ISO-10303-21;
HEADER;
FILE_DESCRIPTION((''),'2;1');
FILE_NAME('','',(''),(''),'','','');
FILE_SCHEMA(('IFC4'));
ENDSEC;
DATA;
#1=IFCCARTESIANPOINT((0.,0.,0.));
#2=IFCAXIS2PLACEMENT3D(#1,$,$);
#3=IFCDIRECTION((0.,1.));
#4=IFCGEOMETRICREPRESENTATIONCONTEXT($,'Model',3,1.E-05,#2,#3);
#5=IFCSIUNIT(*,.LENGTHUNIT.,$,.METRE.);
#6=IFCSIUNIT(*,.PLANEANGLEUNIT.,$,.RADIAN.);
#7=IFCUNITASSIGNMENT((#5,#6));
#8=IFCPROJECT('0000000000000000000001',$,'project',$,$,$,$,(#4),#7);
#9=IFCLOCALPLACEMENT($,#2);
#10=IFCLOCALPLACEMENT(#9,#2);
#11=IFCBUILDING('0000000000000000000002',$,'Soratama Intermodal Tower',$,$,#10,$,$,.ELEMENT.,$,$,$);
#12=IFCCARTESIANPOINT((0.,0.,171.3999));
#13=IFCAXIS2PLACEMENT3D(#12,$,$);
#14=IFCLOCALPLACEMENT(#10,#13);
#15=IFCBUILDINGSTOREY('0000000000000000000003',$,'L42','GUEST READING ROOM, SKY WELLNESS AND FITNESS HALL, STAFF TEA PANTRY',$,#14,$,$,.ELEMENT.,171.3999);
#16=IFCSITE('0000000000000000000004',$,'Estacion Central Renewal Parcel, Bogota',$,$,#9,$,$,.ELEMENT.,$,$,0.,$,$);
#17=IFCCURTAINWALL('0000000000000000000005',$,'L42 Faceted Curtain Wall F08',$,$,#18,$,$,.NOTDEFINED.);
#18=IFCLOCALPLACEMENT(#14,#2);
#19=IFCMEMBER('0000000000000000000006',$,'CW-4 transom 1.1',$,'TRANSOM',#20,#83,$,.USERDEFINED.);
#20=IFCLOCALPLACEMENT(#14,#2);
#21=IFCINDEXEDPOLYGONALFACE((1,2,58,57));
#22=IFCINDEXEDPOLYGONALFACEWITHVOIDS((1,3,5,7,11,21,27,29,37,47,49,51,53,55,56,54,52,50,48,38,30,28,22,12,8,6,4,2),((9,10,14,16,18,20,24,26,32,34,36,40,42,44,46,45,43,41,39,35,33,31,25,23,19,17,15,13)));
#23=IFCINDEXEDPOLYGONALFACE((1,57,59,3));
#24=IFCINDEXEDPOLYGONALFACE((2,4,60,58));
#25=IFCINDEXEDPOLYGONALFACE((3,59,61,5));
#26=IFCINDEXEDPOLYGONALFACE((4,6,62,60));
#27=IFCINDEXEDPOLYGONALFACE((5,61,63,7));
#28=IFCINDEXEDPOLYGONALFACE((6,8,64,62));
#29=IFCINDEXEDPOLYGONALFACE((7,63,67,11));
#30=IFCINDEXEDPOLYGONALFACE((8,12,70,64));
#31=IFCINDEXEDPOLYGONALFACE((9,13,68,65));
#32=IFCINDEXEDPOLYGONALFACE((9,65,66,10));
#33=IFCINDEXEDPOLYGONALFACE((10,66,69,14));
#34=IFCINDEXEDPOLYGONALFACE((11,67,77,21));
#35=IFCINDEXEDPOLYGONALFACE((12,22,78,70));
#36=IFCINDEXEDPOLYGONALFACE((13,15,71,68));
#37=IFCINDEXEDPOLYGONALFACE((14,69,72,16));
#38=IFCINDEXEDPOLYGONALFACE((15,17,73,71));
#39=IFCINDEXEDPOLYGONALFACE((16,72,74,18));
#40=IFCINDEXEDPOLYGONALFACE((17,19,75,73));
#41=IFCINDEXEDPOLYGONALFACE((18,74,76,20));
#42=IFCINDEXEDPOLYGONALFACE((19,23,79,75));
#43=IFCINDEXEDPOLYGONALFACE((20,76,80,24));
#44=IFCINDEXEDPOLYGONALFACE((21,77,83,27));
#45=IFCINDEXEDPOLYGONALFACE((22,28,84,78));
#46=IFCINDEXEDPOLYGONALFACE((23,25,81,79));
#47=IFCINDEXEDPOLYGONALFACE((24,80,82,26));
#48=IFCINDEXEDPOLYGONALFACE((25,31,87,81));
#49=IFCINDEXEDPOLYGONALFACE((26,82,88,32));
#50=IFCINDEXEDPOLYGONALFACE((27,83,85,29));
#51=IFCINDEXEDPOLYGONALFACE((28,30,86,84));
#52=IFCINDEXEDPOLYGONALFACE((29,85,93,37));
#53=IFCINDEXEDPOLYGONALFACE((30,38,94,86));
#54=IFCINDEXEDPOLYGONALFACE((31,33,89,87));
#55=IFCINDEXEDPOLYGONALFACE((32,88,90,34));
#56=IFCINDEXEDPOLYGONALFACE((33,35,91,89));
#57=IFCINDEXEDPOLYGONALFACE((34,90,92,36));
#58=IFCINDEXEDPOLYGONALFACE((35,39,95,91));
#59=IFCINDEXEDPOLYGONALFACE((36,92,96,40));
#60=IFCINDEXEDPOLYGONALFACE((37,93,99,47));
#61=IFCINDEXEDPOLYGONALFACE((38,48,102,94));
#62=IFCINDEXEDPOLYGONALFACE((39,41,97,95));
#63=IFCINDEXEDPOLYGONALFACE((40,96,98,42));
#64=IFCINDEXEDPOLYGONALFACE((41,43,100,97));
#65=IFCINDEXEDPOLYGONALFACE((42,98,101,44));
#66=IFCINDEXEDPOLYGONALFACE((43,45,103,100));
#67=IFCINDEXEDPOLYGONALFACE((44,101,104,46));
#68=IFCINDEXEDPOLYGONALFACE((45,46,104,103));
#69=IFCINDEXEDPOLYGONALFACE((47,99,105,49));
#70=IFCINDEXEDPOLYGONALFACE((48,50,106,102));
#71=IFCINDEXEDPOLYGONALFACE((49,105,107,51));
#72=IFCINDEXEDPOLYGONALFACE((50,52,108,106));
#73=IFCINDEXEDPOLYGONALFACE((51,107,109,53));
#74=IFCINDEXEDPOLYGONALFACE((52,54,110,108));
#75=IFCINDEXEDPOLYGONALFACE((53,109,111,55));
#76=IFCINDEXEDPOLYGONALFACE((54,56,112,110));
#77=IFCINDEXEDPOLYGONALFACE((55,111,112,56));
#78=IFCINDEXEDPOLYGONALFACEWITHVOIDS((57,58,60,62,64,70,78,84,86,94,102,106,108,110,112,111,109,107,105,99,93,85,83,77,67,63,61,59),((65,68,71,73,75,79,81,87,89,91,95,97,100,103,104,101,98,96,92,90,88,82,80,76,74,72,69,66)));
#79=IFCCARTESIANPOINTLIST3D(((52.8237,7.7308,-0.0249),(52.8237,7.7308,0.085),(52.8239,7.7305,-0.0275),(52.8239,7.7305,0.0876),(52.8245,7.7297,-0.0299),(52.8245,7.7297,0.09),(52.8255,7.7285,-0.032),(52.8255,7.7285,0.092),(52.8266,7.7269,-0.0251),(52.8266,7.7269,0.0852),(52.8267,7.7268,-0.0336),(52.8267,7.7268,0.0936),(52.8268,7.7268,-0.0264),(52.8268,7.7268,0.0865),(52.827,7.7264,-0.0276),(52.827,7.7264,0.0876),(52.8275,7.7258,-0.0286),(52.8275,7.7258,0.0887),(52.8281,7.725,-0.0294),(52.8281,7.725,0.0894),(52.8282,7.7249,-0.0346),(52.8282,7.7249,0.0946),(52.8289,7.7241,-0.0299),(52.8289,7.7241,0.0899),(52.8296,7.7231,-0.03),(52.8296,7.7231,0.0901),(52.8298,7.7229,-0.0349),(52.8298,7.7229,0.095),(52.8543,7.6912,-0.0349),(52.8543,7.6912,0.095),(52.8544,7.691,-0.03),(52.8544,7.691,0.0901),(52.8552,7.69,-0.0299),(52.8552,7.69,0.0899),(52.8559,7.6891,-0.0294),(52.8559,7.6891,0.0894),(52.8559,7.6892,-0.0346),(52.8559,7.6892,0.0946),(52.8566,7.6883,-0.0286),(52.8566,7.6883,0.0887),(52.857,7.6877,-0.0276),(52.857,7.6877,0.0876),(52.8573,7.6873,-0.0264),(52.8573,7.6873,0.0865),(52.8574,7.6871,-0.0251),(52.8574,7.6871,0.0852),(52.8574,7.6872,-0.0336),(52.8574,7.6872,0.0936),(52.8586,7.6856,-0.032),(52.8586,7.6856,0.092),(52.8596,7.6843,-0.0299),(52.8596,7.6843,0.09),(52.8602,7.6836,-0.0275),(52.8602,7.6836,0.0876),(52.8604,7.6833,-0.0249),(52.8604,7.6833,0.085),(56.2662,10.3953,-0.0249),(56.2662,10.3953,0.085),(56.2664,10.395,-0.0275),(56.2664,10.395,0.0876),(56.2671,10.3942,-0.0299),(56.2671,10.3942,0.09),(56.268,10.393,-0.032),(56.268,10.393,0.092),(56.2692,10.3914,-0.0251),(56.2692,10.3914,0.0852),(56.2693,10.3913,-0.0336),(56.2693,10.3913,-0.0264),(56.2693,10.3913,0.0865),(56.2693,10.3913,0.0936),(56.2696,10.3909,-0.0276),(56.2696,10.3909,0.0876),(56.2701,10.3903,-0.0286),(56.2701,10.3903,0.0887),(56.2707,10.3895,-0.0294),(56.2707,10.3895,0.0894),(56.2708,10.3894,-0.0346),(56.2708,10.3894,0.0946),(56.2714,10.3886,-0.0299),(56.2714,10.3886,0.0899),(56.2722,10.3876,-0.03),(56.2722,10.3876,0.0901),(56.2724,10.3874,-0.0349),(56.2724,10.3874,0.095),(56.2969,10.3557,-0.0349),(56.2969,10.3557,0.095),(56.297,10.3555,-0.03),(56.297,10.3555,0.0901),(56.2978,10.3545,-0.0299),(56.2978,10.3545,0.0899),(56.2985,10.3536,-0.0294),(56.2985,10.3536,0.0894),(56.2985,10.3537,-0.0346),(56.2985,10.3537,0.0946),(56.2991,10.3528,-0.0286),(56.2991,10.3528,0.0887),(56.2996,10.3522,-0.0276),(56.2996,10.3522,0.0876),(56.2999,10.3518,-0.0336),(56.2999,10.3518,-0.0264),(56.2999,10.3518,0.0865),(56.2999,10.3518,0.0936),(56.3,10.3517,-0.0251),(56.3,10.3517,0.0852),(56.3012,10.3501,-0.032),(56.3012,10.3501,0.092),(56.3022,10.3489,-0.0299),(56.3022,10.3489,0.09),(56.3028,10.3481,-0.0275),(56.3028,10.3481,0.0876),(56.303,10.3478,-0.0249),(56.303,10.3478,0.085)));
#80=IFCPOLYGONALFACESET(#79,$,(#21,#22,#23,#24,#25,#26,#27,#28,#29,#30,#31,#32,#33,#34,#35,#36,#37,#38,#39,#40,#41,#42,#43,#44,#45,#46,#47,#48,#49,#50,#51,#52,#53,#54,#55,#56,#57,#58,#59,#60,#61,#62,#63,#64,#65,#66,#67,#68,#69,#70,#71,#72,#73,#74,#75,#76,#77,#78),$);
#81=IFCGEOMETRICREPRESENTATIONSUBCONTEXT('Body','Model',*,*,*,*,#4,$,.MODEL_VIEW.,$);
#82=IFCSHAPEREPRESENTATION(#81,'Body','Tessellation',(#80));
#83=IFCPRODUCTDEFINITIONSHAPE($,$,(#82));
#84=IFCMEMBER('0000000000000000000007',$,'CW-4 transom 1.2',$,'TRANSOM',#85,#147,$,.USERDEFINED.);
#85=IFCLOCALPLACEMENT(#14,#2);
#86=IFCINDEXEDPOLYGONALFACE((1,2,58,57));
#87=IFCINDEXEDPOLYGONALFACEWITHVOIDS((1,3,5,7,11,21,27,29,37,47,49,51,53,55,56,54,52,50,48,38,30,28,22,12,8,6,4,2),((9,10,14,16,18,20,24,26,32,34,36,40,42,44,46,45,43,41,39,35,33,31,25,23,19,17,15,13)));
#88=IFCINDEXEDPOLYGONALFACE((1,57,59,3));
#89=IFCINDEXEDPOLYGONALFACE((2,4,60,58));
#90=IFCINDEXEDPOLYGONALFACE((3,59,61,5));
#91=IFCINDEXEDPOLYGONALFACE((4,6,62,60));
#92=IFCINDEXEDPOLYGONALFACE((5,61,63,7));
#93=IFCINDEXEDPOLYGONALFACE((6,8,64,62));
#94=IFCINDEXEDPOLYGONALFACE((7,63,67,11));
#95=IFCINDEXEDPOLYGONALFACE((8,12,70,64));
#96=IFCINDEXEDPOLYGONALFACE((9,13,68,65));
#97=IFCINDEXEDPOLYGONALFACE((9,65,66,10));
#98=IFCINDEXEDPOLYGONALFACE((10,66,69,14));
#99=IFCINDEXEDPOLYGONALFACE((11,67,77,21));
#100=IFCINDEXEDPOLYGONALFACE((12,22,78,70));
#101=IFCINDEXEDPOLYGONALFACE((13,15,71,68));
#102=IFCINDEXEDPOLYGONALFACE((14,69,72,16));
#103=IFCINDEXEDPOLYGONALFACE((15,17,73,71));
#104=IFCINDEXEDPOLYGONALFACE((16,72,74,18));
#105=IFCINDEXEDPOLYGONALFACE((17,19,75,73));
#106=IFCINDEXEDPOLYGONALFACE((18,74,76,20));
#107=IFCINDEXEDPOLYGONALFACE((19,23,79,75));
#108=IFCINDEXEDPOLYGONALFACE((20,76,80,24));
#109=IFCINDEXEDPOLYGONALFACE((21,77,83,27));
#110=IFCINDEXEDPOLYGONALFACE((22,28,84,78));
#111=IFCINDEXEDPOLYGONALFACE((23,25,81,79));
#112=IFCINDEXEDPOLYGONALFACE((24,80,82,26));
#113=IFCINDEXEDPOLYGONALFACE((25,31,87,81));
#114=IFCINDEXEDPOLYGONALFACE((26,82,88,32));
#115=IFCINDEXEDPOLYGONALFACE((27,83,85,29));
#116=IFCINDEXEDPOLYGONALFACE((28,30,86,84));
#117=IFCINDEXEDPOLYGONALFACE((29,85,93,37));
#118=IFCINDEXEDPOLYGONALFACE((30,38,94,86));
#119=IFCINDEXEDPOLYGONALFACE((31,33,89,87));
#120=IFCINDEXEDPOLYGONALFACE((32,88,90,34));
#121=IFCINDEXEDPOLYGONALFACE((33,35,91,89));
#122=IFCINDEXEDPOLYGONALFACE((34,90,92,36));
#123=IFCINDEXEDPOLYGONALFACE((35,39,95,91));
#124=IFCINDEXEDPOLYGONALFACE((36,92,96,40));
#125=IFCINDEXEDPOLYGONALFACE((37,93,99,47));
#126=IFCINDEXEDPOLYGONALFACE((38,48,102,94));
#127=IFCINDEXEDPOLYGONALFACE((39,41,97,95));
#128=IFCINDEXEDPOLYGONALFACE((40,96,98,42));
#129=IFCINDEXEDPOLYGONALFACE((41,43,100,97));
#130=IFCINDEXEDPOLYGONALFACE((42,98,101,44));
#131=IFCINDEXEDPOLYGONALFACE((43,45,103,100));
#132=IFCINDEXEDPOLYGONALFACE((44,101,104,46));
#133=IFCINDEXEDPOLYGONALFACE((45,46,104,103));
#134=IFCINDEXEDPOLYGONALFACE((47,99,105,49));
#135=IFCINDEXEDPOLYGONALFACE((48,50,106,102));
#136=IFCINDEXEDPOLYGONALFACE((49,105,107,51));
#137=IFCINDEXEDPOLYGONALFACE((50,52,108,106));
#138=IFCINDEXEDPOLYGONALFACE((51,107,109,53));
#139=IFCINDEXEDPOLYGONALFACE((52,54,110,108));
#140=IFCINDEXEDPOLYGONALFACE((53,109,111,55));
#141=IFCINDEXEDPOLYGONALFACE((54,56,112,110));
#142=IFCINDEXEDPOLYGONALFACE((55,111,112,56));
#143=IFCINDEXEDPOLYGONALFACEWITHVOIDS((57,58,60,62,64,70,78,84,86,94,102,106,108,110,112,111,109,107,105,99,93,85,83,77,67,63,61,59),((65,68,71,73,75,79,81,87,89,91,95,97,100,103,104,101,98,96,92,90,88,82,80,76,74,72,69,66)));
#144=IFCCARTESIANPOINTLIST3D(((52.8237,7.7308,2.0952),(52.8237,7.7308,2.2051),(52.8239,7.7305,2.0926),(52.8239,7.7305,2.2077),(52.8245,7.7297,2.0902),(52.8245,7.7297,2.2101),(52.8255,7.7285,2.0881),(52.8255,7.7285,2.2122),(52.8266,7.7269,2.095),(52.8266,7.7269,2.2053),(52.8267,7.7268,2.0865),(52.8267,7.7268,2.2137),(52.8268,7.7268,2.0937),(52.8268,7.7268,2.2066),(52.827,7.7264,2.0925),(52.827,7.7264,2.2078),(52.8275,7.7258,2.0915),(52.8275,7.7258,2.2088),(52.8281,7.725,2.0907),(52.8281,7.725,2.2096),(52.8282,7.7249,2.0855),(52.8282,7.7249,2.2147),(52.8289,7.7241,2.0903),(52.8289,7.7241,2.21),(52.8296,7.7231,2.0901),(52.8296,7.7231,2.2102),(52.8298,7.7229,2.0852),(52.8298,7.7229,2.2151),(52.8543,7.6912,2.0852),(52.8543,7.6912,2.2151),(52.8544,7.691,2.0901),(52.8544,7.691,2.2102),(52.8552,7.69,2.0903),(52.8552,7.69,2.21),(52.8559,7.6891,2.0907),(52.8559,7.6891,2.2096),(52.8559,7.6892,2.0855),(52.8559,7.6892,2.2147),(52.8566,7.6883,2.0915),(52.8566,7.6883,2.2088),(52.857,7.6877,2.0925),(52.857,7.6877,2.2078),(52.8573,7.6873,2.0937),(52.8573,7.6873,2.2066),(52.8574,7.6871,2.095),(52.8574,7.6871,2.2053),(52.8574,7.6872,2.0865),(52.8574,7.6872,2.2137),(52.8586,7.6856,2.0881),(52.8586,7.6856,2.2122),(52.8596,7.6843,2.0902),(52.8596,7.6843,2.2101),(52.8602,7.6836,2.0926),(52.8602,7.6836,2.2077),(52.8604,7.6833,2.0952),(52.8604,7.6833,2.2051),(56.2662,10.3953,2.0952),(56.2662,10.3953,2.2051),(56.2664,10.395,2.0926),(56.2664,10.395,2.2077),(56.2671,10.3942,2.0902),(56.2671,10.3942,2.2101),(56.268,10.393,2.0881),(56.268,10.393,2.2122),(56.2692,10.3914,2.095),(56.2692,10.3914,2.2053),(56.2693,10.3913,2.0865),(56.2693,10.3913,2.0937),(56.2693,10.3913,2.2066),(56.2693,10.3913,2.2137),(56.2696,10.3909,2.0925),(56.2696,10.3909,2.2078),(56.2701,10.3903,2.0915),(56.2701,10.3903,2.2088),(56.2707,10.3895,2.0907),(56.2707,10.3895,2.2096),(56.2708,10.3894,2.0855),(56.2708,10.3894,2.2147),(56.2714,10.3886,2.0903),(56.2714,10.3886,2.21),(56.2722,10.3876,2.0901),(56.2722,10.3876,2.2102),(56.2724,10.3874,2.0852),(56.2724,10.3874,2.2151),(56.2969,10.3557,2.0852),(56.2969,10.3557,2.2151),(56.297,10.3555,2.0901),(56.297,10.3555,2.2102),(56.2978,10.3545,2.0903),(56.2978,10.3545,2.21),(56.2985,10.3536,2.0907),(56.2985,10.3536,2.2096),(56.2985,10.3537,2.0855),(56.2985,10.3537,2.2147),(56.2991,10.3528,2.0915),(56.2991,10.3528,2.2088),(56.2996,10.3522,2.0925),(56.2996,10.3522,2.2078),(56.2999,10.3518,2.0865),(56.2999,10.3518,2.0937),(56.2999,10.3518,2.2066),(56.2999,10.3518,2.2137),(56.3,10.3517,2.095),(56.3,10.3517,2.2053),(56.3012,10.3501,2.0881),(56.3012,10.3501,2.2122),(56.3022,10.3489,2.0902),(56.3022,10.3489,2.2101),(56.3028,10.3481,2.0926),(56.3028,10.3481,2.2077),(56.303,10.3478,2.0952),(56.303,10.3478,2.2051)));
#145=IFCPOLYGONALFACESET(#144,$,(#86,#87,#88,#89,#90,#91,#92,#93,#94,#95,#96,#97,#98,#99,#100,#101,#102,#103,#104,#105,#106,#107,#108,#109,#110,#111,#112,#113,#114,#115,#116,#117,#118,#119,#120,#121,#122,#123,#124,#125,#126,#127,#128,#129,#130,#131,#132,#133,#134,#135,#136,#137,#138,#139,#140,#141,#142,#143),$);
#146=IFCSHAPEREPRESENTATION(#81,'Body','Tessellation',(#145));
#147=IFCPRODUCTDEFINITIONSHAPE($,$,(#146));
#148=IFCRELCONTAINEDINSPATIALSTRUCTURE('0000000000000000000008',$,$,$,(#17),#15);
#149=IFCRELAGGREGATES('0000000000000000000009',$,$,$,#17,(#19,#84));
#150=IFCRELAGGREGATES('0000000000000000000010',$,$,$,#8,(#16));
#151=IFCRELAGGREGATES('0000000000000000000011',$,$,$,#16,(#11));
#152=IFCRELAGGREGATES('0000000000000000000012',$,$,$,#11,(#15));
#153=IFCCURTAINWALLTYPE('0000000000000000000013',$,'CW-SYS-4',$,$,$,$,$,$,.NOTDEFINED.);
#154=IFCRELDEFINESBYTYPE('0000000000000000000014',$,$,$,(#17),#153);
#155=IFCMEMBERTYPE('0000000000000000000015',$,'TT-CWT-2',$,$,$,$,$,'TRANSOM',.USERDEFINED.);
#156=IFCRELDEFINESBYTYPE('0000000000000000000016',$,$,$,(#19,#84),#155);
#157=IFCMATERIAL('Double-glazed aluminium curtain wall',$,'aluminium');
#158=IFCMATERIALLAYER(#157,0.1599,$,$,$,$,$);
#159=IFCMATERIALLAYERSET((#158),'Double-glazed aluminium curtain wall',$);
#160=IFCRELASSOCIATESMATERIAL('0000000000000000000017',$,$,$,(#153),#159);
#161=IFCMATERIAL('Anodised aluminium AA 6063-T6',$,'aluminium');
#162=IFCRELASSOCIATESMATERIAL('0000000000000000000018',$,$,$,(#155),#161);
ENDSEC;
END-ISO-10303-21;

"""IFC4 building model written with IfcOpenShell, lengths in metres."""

from ifc_helpers import new_model, si_unit, direction, frame, origin, origin_2d, place, context, subcontext, project, spatial, hollow_rectangle, extrude, material, layer, layer_set, material_profile, profile_set, type_object, element, aggregate, save


model = new_model("IFC4")

# Units and contexts
model_context = context("Model", 3, precision=1e-05, world=origin(), true_north=direction((0.0, 1.0)))
body_context = subcontext(model_context, "Body", "Model", "MODEL_VIEW")
ifc_project = project(units=[si_unit("LENGTHUNIT", "METRE"), si_unit("PLANEANGLEUNIT", "RADIAN")], contexts=[model_context])

# Site, building, storey
site_placement = place(None, origin())
site = spatial("IfcSite", under=ifc_project, at=site_placement, Name="Estacion Central Renewal Parcel, Bogota", CompositionType="ELEMENT", RefElevation=0.0)
building_placement = place(site_placement, origin())
building = spatial("IfcBuilding", under=site, at=building_placement, Name="Soratama Intermodal Tower", CompositionType="ELEMENT")
storey_placement = place(building_placement, frame((0.0, 0.0, 171.3999)))
storey = spatial("IfcBuildingStorey", under=building, at=storey_placement, Name="L42", Description="GUEST READING ROOM, SKY WELLNESS AND FITNESS HALL, STAFF TEA PANTRY", CompositionType="ELEMENT", Elevation=171.3999)

# Curtain wall, members
ifc_material_1 = material(Name="Double-glazed aluminium curtain wall", Category="aluminium")
ifc_layer_1 = layer(ifc_material_1, 0.1599)
ifc_layer_set_1 = layer_set([ifc_layer_1], Name="Double-glazed aluminium curtain wall")
curtain_wall_type = type_object("IfcCurtainWallType", Name="CW-SYS-4", PredefinedType="NOTDEFINED", material=ifc_layer_set_1)
curtain_wall_placement = place(storey_placement, origin())
curtain_wall = element("IfcCurtainWall", 1, at=curtain_wall_placement, inside=storey, type_object=curtain_wall_type, Name="L42 Faceted Curtain Wall F08", PredefinedType="NOTDEFINED")
ifc_material_2 = material(Name="Anodised aluminium AA 6063-T6", Category="aluminium")
ifc_material_profile_1 = material_profile(ifc_material_2, hollow_rectangle(XDim=0.0601, YDim=0.1299, WallThickness=0.0049, InnerFilletRadius=0.0049, OuterFilletRadius=0.01, at=origin_2d()), Name="CWT130X60X5")
ifc_profile_set_1 = profile_set([ifc_material_profile_1], Name="Anodised aluminium AA 6063-T6")
member_type_1 = type_object("IfcMemberType", Name="TT-CWT-2", ElementType="TRANSOM", PredefinedType="USERDEFINED", material=ifc_profile_set_1)
member_1_placement = place(storey_placement, frame((52.842, 7.707, 0.03), z_axis=(0.790803, 0.612071, 0.0), x_axis=(-0.612071, 0.790803, 0.0)))
member_1 = element("IfcMember", 2, at=member_1_placement, type_object=member_type_1, Name="CW-4 transom 1.1", ObjectType="TRANSOM", PredefinedType="USERDEFINED", context=body_context, shape_type="SweptSolid", body=[
    extrude(hollow_rectangle(XDim=0.0601, YDim=0.1299, WallThickness=0.0049, InnerFilletRadius=0.0049, OuterFilletRadius=0.01, at=origin_2d()), origin(), (0.0, 0.0, 1.0), 4.3533),
])
member_2_placement = place(storey_placement, frame((52.842, 7.707, 2.1501), z_axis=(0.790803, 0.612071, 0.0), x_axis=(-0.612071, 0.790803, 0.0)))
member_2 = element("IfcMember", 3, at=member_2_placement, type_object=member_type_1, Name="CW-4 transom 1.2", ObjectType="TRANSOM", PredefinedType="USERDEFINED", context=body_context, shape_type="SweptSolid", body=[
    extrude(hollow_rectangle(XDim=0.0601, YDim=0.1299, WallThickness=0.0049, InnerFilletRadius=0.0049, OuterFilletRadius=0.01, at=origin_2d()), origin(), (0.0, 0.0, 1.0), 4.3533),
])
aggregate(curtain_wall, [member_1, member_2])

save(model, "model.ifc")
